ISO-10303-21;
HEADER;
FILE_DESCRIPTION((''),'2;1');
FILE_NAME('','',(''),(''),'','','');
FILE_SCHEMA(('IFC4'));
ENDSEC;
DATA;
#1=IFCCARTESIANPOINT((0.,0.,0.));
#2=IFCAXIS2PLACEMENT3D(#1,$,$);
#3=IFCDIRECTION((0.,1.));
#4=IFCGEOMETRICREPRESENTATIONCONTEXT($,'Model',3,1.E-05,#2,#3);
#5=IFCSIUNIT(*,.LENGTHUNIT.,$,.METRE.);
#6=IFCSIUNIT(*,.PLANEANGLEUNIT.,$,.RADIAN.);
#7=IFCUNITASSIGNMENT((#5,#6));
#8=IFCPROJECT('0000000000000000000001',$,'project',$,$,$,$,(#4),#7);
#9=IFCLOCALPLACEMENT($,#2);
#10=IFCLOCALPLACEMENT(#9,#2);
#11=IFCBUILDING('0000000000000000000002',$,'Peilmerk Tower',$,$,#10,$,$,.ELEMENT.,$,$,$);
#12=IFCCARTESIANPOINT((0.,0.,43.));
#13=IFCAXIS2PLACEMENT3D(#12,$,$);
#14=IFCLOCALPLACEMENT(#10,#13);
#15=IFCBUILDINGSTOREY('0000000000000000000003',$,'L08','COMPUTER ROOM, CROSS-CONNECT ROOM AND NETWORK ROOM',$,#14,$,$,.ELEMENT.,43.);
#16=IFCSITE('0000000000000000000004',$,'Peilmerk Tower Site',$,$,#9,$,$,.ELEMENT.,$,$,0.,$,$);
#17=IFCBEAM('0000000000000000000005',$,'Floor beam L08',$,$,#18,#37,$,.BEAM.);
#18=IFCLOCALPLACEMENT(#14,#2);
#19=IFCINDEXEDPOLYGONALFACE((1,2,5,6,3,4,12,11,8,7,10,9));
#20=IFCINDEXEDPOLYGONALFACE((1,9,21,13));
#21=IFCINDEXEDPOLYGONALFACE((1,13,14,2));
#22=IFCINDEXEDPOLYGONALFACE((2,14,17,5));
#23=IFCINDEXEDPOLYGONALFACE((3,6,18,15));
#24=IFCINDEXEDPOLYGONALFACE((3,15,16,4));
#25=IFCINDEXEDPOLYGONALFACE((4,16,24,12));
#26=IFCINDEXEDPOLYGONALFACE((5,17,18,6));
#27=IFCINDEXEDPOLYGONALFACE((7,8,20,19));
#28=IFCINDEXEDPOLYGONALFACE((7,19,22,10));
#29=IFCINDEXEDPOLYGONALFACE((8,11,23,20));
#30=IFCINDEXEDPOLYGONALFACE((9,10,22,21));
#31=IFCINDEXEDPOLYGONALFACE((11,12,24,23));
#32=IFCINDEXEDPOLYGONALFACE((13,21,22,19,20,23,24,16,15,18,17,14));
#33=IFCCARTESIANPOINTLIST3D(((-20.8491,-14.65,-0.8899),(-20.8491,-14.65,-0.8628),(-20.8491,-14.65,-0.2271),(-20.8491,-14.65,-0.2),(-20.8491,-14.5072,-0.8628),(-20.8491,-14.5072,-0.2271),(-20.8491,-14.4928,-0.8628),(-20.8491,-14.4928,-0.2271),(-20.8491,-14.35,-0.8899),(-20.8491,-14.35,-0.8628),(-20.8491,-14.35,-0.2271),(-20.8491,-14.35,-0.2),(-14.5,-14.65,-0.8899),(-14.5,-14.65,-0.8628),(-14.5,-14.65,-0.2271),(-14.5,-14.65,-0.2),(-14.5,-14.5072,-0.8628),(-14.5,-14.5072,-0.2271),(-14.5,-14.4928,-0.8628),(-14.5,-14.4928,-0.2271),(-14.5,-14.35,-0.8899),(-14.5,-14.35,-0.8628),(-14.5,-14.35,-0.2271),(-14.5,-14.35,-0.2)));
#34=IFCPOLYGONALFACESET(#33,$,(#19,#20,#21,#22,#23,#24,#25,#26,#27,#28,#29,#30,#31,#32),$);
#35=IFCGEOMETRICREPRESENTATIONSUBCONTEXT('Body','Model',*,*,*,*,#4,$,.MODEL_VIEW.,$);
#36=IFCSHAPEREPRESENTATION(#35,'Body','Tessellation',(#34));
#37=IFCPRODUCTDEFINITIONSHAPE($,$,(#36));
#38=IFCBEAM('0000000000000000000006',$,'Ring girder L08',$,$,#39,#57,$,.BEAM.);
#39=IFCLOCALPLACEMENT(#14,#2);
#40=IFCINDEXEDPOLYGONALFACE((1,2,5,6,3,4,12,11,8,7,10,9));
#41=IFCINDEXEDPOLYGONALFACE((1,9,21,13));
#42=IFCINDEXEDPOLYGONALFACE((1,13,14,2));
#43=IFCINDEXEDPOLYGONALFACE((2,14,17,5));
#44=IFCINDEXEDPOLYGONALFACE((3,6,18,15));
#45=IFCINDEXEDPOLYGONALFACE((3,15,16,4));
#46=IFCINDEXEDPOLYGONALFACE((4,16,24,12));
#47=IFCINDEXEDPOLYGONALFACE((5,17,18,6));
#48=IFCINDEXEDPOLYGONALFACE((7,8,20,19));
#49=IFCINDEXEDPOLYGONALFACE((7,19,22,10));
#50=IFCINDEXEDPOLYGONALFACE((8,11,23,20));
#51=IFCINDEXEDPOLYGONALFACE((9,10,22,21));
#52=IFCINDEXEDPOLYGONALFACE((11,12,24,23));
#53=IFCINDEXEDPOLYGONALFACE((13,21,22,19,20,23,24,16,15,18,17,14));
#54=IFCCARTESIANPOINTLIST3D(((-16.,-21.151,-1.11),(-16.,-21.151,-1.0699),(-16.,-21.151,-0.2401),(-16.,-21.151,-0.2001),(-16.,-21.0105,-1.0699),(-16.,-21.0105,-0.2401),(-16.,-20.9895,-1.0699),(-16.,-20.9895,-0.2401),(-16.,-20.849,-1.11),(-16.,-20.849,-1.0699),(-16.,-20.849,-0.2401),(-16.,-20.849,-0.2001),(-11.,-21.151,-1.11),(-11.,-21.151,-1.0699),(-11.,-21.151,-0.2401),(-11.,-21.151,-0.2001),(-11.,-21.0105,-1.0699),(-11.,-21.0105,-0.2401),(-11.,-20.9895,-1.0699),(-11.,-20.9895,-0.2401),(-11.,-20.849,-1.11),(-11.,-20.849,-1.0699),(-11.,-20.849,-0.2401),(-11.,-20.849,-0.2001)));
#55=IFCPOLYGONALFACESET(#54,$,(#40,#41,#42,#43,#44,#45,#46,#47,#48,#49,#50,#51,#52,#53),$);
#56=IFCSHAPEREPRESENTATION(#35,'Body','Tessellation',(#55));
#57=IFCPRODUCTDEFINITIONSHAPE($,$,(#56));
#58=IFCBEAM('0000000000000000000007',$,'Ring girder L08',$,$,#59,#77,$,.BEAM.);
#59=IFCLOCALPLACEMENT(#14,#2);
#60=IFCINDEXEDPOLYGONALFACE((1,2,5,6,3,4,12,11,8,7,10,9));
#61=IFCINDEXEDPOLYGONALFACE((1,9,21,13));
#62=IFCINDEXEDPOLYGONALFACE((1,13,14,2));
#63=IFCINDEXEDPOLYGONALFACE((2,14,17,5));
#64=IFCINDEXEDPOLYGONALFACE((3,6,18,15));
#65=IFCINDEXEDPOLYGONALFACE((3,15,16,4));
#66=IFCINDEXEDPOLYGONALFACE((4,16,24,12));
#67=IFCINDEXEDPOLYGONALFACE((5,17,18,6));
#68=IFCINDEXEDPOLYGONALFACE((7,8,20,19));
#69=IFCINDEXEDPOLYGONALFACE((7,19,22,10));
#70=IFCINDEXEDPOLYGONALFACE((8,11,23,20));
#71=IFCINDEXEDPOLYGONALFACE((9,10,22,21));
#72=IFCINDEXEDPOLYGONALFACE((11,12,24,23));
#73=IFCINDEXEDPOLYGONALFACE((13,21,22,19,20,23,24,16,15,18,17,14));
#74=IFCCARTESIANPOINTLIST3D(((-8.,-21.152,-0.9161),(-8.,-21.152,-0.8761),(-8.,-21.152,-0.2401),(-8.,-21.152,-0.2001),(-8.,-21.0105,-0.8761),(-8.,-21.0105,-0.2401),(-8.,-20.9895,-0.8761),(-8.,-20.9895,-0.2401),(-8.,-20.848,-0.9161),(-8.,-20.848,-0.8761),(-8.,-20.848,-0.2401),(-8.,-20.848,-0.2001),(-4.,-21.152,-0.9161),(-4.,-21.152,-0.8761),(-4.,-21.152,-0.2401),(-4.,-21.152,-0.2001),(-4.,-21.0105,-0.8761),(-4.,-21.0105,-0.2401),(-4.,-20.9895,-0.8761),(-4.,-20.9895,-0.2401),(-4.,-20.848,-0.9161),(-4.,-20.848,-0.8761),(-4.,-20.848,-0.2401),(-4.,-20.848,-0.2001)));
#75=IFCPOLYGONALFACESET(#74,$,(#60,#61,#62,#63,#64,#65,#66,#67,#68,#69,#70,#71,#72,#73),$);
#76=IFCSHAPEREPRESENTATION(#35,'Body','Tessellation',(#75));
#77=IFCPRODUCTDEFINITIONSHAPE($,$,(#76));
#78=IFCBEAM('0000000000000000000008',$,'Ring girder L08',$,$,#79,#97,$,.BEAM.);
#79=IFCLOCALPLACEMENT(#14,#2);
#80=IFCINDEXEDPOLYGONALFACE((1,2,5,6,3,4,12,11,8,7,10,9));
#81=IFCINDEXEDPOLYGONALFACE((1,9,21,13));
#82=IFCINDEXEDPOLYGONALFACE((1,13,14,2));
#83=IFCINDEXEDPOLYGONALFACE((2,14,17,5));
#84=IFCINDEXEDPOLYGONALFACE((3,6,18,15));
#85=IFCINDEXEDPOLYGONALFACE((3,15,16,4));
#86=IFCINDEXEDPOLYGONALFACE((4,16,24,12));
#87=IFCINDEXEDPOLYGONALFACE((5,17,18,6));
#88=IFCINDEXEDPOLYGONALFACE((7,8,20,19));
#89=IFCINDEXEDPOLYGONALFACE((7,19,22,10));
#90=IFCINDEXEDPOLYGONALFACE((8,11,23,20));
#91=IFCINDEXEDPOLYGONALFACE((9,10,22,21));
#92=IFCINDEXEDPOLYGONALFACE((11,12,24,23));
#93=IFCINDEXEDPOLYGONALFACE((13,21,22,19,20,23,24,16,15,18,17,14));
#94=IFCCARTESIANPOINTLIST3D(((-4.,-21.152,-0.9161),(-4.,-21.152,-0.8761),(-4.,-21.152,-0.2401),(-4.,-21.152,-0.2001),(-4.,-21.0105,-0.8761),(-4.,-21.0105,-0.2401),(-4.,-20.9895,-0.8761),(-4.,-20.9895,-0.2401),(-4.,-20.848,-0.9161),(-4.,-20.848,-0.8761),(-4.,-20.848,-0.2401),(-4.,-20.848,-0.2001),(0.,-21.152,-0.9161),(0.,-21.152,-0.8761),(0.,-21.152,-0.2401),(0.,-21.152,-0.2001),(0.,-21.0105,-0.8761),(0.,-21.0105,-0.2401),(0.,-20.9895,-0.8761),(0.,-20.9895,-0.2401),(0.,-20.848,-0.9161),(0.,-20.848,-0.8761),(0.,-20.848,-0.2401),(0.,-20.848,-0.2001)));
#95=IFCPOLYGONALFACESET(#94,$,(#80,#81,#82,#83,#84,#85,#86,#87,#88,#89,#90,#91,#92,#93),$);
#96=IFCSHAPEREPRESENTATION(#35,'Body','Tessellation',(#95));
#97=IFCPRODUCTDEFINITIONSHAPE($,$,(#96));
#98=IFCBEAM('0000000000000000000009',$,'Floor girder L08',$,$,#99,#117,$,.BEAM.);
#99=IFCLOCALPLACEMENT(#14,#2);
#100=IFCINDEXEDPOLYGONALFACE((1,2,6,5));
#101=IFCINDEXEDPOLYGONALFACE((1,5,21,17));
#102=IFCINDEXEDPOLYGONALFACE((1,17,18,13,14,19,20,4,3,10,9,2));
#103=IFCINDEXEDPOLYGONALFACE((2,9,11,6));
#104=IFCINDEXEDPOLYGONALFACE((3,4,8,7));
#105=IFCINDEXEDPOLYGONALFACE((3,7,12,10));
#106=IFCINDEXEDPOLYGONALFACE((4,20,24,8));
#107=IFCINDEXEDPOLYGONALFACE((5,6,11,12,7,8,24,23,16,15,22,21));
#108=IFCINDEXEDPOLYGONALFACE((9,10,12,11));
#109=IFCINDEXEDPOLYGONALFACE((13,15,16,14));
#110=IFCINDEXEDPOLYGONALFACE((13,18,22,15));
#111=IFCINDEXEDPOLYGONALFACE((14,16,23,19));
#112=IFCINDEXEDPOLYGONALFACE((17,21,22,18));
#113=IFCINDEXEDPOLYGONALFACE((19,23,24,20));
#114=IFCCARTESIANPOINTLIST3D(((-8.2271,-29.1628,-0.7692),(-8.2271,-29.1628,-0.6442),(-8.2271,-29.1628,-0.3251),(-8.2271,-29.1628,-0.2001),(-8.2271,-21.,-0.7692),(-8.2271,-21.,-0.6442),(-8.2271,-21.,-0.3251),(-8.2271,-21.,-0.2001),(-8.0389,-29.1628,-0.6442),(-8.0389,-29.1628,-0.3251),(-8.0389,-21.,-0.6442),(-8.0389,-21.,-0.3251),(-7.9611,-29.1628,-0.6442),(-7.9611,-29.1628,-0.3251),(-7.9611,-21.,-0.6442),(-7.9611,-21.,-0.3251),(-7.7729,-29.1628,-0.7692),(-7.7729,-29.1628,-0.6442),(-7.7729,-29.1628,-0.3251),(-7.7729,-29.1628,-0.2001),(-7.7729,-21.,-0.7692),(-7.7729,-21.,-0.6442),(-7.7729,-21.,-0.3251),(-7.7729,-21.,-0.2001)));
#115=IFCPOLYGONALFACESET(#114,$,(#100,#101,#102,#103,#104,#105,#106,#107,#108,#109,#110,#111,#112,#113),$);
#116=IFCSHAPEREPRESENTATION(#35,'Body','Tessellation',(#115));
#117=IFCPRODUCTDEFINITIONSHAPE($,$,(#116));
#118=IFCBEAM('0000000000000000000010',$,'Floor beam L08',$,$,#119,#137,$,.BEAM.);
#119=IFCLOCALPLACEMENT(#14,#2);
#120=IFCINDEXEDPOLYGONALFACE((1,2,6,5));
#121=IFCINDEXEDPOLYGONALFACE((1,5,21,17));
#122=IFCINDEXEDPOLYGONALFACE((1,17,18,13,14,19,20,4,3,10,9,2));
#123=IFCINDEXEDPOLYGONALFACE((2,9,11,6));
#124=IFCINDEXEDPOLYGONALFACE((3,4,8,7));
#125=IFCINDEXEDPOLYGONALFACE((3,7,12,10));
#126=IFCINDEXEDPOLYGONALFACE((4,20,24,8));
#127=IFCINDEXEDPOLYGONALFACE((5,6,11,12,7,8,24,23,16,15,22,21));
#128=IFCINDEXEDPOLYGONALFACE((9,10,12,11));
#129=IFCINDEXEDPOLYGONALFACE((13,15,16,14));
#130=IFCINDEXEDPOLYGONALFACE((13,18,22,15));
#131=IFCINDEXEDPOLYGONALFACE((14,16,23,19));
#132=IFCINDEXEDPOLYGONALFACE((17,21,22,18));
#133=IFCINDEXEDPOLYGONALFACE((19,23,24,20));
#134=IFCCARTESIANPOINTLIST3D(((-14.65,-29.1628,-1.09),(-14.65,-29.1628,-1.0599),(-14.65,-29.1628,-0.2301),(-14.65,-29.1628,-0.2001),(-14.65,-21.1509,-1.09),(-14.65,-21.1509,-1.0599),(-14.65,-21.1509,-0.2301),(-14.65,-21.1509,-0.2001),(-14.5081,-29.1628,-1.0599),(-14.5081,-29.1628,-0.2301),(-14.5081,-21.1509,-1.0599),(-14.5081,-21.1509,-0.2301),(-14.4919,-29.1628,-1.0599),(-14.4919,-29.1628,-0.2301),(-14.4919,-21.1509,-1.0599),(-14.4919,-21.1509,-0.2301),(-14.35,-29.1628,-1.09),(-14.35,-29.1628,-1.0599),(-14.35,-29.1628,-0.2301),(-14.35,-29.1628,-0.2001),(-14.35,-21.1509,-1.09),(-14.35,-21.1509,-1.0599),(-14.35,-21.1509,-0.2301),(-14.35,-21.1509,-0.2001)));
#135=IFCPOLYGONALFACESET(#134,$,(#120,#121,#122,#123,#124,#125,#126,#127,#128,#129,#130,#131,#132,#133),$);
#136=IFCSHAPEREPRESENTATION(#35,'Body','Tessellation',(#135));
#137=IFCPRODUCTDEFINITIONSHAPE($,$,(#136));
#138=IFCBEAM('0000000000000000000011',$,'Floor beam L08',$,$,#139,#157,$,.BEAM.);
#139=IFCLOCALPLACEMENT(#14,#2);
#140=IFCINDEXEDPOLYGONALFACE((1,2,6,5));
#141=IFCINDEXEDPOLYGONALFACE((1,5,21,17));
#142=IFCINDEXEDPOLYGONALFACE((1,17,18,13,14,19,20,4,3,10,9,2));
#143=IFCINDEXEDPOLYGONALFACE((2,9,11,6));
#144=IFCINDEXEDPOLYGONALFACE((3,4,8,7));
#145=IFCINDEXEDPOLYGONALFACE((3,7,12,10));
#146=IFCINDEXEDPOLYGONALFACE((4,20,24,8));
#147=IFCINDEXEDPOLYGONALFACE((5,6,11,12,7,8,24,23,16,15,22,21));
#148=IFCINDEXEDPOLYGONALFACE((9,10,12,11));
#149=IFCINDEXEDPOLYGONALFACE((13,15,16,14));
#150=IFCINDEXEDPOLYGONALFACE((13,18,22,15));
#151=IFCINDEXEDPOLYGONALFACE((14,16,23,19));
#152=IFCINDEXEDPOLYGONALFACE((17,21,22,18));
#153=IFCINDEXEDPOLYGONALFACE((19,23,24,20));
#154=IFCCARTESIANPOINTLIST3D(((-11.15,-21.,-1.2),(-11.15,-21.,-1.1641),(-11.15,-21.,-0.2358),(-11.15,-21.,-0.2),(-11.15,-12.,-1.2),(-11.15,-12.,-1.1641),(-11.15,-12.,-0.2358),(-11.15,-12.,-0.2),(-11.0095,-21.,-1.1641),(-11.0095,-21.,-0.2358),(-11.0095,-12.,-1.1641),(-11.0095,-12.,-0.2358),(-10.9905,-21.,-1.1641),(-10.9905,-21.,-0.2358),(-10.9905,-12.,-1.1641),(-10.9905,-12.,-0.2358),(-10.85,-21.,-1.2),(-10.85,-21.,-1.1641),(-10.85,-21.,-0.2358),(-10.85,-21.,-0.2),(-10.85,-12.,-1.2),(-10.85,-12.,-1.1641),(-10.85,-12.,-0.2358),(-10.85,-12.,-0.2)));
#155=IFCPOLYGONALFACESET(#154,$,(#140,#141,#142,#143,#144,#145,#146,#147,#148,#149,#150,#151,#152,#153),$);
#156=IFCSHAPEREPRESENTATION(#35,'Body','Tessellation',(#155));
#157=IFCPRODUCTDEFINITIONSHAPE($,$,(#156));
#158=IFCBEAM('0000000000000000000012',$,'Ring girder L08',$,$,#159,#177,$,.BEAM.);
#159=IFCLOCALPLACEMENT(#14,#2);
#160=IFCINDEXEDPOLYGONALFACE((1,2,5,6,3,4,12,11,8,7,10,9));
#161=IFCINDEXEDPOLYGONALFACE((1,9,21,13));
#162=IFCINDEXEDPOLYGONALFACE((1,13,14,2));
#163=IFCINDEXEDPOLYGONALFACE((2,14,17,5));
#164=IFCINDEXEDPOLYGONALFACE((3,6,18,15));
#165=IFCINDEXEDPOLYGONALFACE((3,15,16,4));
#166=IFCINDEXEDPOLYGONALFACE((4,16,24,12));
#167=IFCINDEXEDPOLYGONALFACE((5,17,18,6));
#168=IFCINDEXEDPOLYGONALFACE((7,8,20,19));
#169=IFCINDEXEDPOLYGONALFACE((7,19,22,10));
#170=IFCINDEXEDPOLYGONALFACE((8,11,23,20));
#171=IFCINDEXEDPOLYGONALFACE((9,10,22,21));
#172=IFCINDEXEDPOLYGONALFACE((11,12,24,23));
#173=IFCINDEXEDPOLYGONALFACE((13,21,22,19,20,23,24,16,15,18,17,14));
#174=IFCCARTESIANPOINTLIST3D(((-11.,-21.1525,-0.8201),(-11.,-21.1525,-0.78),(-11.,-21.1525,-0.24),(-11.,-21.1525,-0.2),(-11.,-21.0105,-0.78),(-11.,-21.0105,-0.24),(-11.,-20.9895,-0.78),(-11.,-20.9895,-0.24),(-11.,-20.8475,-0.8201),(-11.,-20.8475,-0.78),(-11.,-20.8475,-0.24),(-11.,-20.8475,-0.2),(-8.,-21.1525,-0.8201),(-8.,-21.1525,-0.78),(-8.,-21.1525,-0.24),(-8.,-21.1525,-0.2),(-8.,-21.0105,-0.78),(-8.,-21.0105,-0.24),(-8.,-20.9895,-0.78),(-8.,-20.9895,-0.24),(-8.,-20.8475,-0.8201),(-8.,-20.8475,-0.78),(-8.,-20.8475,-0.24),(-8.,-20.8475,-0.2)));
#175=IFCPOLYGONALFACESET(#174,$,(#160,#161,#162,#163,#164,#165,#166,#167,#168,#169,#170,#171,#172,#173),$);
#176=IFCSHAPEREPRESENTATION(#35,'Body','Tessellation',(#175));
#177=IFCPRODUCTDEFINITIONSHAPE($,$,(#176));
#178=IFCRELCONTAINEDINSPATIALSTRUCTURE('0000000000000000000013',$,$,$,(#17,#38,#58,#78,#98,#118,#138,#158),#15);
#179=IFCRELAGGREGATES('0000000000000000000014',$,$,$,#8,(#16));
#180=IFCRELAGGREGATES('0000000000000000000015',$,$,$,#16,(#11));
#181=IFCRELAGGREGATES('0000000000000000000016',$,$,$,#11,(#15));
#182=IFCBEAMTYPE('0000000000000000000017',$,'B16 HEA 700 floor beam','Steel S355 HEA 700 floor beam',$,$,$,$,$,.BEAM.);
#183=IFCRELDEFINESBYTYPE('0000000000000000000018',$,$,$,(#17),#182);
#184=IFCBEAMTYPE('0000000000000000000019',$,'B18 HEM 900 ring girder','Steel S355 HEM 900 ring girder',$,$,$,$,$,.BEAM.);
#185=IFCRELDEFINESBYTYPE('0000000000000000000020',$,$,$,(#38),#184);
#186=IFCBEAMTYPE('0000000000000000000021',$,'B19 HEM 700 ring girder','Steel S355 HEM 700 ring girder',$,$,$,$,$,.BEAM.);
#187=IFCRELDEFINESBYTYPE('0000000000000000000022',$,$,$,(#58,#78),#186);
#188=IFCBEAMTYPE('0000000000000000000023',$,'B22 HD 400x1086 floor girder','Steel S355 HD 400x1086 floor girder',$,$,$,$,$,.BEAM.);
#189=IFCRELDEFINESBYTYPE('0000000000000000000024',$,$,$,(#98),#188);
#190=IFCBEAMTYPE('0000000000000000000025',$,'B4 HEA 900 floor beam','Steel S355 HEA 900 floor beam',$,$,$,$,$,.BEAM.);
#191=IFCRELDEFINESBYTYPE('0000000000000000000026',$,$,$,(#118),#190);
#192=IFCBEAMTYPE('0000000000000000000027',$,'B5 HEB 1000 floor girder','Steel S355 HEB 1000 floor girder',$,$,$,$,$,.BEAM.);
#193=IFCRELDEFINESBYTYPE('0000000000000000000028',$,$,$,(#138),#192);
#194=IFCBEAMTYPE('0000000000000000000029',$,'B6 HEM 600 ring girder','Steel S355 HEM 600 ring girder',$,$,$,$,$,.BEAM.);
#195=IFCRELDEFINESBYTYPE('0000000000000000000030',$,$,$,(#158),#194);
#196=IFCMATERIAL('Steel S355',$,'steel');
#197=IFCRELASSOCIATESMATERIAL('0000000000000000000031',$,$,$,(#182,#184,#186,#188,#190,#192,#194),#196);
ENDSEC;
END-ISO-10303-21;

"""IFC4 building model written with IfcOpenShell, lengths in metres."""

from ifc_helpers import new_model, si_unit, direction, frame, origin, origin_2d, place, context, subcontext, project, spatial, i_section, extrude, material, material_profile, profile_set, type_object, element, save


model = new_model("IFC4")

# Units and contexts
model_context = context("Model", 3, precision=1e-05, world=origin(), true_north=direction((0.0, 1.0)))
body_context = subcontext(model_context, "Body", "Model", "MODEL_VIEW")
ifc_project = project(units=[si_unit("LENGTHUNIT", "METRE"), si_unit("PLANEANGLEUNIT", "RADIAN")], contexts=[model_context])

# Site, building, storey
site_placement = place(None, origin())
site = spatial("IfcSite", under=ifc_project, at=site_placement, Name="Peilmerk Tower Site", CompositionType="ELEMENT", RefElevation=0.0)
building_placement = place(site_placement, origin())
building = spatial("IfcBuilding", under=site, at=building_placement, Name="Peilmerk Tower", CompositionType="ELEMENT")
storey_placement = place(building_placement, frame((0.0, 0.0, 43.0)))
storey = spatial("IfcBuildingStorey", under=building, at=storey_placement, Name="L08", Description="COMPUTER ROOM, CROSS-CONNECT ROOM AND NETWORK ROOM", CompositionType="ELEMENT", Elevation=43.0)

# Beams
ifc_material_1 = material(Name="Steel S355", Category="steel")
ifc_material_profile_1 = material_profile(ifc_material_1, i_section(OverallWidth=0.3, OverallDepth=0.6899, WebThickness=0.0144, FlangeThickness=0.0271, at=origin_2d()), Name="HEA 700")
ifc_profile_set_1 = profile_set([ifc_material_profile_1], Name="Steel S355")
beam_type_1 = type_object("IfcBeamType", Name="B16 HEA 700 floor beam", Description="Steel S355 HEA 700 floor beam", PredefinedType="BEAM", material=ifc_profile_set_1)
for number, where, z_axis, x_axis, name in (
    (1, (-14.5, -14.5, -0.5449), (-1.0, 0.0, 0.0), (0.0, -1.0, 0.0), "Floor beam L08"),
):
    element("IfcBeam", number, at=place(storey_placement, frame(where, z_axis=z_axis, x_axis=x_axis)), inside=storey, type_object=beam_type_1, Name=name, PredefinedType="BEAM", context=body_context, shape_type="SweptSolid", body=[
        extrude(i_section(OverallWidth=0.3, OverallDepth=0.6899, WebThickness=0.0144, FlangeThickness=0.0271, at=origin_2d()), origin(), (0.0, 0.0, 1.0), 6.3491),
    ])
ifc_material_profile_2 = material_profile(ifc_material_1, i_section(OverallWidth=0.302, OverallDepth=0.9099, WebThickness=0.021, FlangeThickness=0.04, at=origin_2d()), Name="HEM 900")
ifc_profile_set_2 = profile_set([ifc_material_profile_2], Name="Steel S355")
beam_type_2 = type_object("IfcBeamType", Name="B18 HEM 900 ring girder", Description="Steel S355 HEM 900 ring girder", PredefinedType="BEAM", material=ifc_profile_set_2)
beam_1_placement = place(storey_placement, frame((-16.0, -21.0, -0.655), z_axis=(1.0, 0.0, 0.0), x_axis=(0.0, 1.0, 0.0)))
element("IfcBeam", 2, at=beam_1_placement, inside=storey, type_object=beam_type_2, Name="Ring girder L08", PredefinedType="BEAM", context=body_context, shape_type="SweptSolid", body=[
    extrude(i_section(OverallWidth=0.302, OverallDepth=0.9099, WebThickness=0.021, FlangeThickness=0.04, at=origin_2d()), origin(), (0.0, 0.0, 1.0), 5.0),
])
ifc_material_profile_3 = material_profile(ifc_material_1, i_section(OverallWidth=0.304, OverallDepth=0.7161, WebThickness=0.021, FlangeThickness=0.04, at=origin_2d()), Name="HEM 700")
ifc_profile_set_3 = profile_set([ifc_material_profile_3], Name="Steel S355")
beam_type_3 = type_object("IfcBeamType", Name="B19 HEM 700 ring girder", Description="Steel S355 HEM 700 ring girder", PredefinedType="BEAM", material=ifc_profile_set_3)
for number, where, z_axis, x_axis, name in (
    (3, (-8.0, -21.0, -0.5581), (1.0, 0.0, 0.0), (0.0, 1.0, 0.0), "Ring girder L08"),
    (4, (-4.0, -21.0, -0.5581), (1.0, 0.0, 0.0), (0.0, 1.0, 0.0), "Ring girder L08"),
):
    element("IfcBeam", number, at=place(storey_placement, frame(where, z_axis=z_axis, x_axis=x_axis)), inside=storey, type_object=beam_type_3, Name=name, PredefinedType="BEAM", context=body_context, shape_type="SweptSolid", body=[
        extrude(i_section(OverallWidth=0.304, OverallDepth=0.7161, WebThickness=0.021, FlangeThickness=0.04, at=origin_2d()), origin(), (0.0, 0.0, 1.0), 4.0),
    ])
ifc_material_profile_4 = material_profile(ifc_material_1, i_section(OverallWidth=0.4541, OverallDepth=0.5691, WebThickness=0.0779, FlangeThickness=0.125, at=origin_2d()), Name="HD 400x1086")
ifc_profile_set_4 = profile_set([ifc_material_profile_4], Name="Steel S355")
beam_type_4 = type_object("IfcBeamType", Name="B22 HD 400x1086 floor girder", Description="Steel S355 HD 400x1086 floor girder", PredefinedType="BEAM", material=ifc_profile_set_4)
beam_2_placement = place(storey_placement, frame((-8.0, -21.0, -0.4846), z_axis=(0.0, -1.0, 0.0), x_axis=(1.0, 0.0, 0.0)))
element("IfcBeam", 5, at=beam_2_placement, inside=storey, type_object=beam_type_4, Name="Floor girder L08", PredefinedType="BEAM", context=body_context, shape_type="SweptSolid", body=[
    extrude(i_section(OverallWidth=0.4541, OverallDepth=0.5691, WebThickness=0.0779, FlangeThickness=0.125, at=origin_2d()), origin(), (0.0, 0.0, 1.0), 8.1628),
])
ifc_material_profile_5 = material_profile(ifc_material_1, i_section(OverallWidth=0.3, OverallDepth=0.8899, WebThickness=0.0161, FlangeThickness=0.03, at=origin_2d()), Name="HEA 900")
ifc_profile_set_5 = profile_set([ifc_material_profile_5], Name="Steel S355")
beam_type_5 = type_object("IfcBeamType", Name="B4 HEA 900 floor beam", Description="Steel S355 HEA 900 floor beam", PredefinedType="BEAM", material=ifc_profile_set_5)
beam_3_placement = place(storey_placement, frame((-14.5, -21.1509, -0.645), z_axis=(0.0, -1.0, 0.0), x_axis=(1.0, 0.0, 0.0)))
element("IfcBeam", 6, at=beam_3_placement, inside=storey, type_object=beam_type_5, Name="Floor beam L08", PredefinedType="BEAM", context=body_context, shape_type="SweptSolid", body=[
    extrude(i_section(OverallWidth=0.3, OverallDepth=0.8899, WebThickness=0.0161, FlangeThickness=0.03, at=origin_2d()), origin(), (0.0, 0.0, 1.0), 8.012),
])
ifc_material_profile_6 = material_profile(ifc_material_1, i_section(OverallWidth=0.3, OverallDepth=1.0, WebThickness=0.019, FlangeThickness=0.0359, at=origin_2d()), Name="HEB 1000")
ifc_profile_set_6 = profile_set([ifc_material_profile_6], Name="Steel S355")
beam_type_6 = type_object("IfcBeamType", Name="B5 HEB 1000 floor girder", Description="Steel S355 HEB 1000 floor girder", PredefinedType="BEAM", material=ifc_profile_set_6)
beam_4_placement = place(storey_placement, frame((-11.0, -12.0, -0.7), z_axis=(0.0, -1.0, 0.0), x_axis=(1.0, 0.0, 0.0)))
element("IfcBeam", 7, at=beam_4_placement, inside=storey, type_object=beam_type_6, Name="Floor beam L08", PredefinedType="BEAM", context=body_context, shape_type="SweptSolid", body=[
    extrude(i_section(OverallWidth=0.3, OverallDepth=1.0, WebThickness=0.019, FlangeThickness=0.0359, at=origin_2d()), origin(), (0.0, 0.0, 1.0), 9.0),
])
ifc_material_profile_7 = material_profile(ifc_material_1, i_section(OverallWidth=0.3049, OverallDepth=0.6201, WebThickness=0.021, FlangeThickness=0.04, at=origin_2d()), Name="HEM 600")
ifc_profile_set_7 = profile_set([ifc_material_profile_7], Name="Steel S355")
beam_type_7 = type_object("IfcBeamType", Name="B6 HEM 600 ring girder", Description="Steel S355 HEM 600 ring girder", PredefinedType="BEAM", material=ifc_profile_set_7)
beam_5_placement = place(storey_placement, frame((-11.0, -21.0, -0.51), z_axis=(1.0, 0.0, 0.0), x_axis=(0.0, 1.0, 0.0)))
element("IfcBeam", 8, at=beam_5_placement, inside=storey, type_object=beam_type_7, Name="Ring girder L08", PredefinedType="BEAM", context=body_context, shape_type="SweptSolid", body=[
    extrude(i_section(OverallWidth=0.3049, OverallDepth=0.6201, WebThickness=0.021, FlangeThickness=0.04, at=origin_2d()), origin(), (0.0, 0.0, 1.0), 3.0),
])

save(model, "model.ifc")
